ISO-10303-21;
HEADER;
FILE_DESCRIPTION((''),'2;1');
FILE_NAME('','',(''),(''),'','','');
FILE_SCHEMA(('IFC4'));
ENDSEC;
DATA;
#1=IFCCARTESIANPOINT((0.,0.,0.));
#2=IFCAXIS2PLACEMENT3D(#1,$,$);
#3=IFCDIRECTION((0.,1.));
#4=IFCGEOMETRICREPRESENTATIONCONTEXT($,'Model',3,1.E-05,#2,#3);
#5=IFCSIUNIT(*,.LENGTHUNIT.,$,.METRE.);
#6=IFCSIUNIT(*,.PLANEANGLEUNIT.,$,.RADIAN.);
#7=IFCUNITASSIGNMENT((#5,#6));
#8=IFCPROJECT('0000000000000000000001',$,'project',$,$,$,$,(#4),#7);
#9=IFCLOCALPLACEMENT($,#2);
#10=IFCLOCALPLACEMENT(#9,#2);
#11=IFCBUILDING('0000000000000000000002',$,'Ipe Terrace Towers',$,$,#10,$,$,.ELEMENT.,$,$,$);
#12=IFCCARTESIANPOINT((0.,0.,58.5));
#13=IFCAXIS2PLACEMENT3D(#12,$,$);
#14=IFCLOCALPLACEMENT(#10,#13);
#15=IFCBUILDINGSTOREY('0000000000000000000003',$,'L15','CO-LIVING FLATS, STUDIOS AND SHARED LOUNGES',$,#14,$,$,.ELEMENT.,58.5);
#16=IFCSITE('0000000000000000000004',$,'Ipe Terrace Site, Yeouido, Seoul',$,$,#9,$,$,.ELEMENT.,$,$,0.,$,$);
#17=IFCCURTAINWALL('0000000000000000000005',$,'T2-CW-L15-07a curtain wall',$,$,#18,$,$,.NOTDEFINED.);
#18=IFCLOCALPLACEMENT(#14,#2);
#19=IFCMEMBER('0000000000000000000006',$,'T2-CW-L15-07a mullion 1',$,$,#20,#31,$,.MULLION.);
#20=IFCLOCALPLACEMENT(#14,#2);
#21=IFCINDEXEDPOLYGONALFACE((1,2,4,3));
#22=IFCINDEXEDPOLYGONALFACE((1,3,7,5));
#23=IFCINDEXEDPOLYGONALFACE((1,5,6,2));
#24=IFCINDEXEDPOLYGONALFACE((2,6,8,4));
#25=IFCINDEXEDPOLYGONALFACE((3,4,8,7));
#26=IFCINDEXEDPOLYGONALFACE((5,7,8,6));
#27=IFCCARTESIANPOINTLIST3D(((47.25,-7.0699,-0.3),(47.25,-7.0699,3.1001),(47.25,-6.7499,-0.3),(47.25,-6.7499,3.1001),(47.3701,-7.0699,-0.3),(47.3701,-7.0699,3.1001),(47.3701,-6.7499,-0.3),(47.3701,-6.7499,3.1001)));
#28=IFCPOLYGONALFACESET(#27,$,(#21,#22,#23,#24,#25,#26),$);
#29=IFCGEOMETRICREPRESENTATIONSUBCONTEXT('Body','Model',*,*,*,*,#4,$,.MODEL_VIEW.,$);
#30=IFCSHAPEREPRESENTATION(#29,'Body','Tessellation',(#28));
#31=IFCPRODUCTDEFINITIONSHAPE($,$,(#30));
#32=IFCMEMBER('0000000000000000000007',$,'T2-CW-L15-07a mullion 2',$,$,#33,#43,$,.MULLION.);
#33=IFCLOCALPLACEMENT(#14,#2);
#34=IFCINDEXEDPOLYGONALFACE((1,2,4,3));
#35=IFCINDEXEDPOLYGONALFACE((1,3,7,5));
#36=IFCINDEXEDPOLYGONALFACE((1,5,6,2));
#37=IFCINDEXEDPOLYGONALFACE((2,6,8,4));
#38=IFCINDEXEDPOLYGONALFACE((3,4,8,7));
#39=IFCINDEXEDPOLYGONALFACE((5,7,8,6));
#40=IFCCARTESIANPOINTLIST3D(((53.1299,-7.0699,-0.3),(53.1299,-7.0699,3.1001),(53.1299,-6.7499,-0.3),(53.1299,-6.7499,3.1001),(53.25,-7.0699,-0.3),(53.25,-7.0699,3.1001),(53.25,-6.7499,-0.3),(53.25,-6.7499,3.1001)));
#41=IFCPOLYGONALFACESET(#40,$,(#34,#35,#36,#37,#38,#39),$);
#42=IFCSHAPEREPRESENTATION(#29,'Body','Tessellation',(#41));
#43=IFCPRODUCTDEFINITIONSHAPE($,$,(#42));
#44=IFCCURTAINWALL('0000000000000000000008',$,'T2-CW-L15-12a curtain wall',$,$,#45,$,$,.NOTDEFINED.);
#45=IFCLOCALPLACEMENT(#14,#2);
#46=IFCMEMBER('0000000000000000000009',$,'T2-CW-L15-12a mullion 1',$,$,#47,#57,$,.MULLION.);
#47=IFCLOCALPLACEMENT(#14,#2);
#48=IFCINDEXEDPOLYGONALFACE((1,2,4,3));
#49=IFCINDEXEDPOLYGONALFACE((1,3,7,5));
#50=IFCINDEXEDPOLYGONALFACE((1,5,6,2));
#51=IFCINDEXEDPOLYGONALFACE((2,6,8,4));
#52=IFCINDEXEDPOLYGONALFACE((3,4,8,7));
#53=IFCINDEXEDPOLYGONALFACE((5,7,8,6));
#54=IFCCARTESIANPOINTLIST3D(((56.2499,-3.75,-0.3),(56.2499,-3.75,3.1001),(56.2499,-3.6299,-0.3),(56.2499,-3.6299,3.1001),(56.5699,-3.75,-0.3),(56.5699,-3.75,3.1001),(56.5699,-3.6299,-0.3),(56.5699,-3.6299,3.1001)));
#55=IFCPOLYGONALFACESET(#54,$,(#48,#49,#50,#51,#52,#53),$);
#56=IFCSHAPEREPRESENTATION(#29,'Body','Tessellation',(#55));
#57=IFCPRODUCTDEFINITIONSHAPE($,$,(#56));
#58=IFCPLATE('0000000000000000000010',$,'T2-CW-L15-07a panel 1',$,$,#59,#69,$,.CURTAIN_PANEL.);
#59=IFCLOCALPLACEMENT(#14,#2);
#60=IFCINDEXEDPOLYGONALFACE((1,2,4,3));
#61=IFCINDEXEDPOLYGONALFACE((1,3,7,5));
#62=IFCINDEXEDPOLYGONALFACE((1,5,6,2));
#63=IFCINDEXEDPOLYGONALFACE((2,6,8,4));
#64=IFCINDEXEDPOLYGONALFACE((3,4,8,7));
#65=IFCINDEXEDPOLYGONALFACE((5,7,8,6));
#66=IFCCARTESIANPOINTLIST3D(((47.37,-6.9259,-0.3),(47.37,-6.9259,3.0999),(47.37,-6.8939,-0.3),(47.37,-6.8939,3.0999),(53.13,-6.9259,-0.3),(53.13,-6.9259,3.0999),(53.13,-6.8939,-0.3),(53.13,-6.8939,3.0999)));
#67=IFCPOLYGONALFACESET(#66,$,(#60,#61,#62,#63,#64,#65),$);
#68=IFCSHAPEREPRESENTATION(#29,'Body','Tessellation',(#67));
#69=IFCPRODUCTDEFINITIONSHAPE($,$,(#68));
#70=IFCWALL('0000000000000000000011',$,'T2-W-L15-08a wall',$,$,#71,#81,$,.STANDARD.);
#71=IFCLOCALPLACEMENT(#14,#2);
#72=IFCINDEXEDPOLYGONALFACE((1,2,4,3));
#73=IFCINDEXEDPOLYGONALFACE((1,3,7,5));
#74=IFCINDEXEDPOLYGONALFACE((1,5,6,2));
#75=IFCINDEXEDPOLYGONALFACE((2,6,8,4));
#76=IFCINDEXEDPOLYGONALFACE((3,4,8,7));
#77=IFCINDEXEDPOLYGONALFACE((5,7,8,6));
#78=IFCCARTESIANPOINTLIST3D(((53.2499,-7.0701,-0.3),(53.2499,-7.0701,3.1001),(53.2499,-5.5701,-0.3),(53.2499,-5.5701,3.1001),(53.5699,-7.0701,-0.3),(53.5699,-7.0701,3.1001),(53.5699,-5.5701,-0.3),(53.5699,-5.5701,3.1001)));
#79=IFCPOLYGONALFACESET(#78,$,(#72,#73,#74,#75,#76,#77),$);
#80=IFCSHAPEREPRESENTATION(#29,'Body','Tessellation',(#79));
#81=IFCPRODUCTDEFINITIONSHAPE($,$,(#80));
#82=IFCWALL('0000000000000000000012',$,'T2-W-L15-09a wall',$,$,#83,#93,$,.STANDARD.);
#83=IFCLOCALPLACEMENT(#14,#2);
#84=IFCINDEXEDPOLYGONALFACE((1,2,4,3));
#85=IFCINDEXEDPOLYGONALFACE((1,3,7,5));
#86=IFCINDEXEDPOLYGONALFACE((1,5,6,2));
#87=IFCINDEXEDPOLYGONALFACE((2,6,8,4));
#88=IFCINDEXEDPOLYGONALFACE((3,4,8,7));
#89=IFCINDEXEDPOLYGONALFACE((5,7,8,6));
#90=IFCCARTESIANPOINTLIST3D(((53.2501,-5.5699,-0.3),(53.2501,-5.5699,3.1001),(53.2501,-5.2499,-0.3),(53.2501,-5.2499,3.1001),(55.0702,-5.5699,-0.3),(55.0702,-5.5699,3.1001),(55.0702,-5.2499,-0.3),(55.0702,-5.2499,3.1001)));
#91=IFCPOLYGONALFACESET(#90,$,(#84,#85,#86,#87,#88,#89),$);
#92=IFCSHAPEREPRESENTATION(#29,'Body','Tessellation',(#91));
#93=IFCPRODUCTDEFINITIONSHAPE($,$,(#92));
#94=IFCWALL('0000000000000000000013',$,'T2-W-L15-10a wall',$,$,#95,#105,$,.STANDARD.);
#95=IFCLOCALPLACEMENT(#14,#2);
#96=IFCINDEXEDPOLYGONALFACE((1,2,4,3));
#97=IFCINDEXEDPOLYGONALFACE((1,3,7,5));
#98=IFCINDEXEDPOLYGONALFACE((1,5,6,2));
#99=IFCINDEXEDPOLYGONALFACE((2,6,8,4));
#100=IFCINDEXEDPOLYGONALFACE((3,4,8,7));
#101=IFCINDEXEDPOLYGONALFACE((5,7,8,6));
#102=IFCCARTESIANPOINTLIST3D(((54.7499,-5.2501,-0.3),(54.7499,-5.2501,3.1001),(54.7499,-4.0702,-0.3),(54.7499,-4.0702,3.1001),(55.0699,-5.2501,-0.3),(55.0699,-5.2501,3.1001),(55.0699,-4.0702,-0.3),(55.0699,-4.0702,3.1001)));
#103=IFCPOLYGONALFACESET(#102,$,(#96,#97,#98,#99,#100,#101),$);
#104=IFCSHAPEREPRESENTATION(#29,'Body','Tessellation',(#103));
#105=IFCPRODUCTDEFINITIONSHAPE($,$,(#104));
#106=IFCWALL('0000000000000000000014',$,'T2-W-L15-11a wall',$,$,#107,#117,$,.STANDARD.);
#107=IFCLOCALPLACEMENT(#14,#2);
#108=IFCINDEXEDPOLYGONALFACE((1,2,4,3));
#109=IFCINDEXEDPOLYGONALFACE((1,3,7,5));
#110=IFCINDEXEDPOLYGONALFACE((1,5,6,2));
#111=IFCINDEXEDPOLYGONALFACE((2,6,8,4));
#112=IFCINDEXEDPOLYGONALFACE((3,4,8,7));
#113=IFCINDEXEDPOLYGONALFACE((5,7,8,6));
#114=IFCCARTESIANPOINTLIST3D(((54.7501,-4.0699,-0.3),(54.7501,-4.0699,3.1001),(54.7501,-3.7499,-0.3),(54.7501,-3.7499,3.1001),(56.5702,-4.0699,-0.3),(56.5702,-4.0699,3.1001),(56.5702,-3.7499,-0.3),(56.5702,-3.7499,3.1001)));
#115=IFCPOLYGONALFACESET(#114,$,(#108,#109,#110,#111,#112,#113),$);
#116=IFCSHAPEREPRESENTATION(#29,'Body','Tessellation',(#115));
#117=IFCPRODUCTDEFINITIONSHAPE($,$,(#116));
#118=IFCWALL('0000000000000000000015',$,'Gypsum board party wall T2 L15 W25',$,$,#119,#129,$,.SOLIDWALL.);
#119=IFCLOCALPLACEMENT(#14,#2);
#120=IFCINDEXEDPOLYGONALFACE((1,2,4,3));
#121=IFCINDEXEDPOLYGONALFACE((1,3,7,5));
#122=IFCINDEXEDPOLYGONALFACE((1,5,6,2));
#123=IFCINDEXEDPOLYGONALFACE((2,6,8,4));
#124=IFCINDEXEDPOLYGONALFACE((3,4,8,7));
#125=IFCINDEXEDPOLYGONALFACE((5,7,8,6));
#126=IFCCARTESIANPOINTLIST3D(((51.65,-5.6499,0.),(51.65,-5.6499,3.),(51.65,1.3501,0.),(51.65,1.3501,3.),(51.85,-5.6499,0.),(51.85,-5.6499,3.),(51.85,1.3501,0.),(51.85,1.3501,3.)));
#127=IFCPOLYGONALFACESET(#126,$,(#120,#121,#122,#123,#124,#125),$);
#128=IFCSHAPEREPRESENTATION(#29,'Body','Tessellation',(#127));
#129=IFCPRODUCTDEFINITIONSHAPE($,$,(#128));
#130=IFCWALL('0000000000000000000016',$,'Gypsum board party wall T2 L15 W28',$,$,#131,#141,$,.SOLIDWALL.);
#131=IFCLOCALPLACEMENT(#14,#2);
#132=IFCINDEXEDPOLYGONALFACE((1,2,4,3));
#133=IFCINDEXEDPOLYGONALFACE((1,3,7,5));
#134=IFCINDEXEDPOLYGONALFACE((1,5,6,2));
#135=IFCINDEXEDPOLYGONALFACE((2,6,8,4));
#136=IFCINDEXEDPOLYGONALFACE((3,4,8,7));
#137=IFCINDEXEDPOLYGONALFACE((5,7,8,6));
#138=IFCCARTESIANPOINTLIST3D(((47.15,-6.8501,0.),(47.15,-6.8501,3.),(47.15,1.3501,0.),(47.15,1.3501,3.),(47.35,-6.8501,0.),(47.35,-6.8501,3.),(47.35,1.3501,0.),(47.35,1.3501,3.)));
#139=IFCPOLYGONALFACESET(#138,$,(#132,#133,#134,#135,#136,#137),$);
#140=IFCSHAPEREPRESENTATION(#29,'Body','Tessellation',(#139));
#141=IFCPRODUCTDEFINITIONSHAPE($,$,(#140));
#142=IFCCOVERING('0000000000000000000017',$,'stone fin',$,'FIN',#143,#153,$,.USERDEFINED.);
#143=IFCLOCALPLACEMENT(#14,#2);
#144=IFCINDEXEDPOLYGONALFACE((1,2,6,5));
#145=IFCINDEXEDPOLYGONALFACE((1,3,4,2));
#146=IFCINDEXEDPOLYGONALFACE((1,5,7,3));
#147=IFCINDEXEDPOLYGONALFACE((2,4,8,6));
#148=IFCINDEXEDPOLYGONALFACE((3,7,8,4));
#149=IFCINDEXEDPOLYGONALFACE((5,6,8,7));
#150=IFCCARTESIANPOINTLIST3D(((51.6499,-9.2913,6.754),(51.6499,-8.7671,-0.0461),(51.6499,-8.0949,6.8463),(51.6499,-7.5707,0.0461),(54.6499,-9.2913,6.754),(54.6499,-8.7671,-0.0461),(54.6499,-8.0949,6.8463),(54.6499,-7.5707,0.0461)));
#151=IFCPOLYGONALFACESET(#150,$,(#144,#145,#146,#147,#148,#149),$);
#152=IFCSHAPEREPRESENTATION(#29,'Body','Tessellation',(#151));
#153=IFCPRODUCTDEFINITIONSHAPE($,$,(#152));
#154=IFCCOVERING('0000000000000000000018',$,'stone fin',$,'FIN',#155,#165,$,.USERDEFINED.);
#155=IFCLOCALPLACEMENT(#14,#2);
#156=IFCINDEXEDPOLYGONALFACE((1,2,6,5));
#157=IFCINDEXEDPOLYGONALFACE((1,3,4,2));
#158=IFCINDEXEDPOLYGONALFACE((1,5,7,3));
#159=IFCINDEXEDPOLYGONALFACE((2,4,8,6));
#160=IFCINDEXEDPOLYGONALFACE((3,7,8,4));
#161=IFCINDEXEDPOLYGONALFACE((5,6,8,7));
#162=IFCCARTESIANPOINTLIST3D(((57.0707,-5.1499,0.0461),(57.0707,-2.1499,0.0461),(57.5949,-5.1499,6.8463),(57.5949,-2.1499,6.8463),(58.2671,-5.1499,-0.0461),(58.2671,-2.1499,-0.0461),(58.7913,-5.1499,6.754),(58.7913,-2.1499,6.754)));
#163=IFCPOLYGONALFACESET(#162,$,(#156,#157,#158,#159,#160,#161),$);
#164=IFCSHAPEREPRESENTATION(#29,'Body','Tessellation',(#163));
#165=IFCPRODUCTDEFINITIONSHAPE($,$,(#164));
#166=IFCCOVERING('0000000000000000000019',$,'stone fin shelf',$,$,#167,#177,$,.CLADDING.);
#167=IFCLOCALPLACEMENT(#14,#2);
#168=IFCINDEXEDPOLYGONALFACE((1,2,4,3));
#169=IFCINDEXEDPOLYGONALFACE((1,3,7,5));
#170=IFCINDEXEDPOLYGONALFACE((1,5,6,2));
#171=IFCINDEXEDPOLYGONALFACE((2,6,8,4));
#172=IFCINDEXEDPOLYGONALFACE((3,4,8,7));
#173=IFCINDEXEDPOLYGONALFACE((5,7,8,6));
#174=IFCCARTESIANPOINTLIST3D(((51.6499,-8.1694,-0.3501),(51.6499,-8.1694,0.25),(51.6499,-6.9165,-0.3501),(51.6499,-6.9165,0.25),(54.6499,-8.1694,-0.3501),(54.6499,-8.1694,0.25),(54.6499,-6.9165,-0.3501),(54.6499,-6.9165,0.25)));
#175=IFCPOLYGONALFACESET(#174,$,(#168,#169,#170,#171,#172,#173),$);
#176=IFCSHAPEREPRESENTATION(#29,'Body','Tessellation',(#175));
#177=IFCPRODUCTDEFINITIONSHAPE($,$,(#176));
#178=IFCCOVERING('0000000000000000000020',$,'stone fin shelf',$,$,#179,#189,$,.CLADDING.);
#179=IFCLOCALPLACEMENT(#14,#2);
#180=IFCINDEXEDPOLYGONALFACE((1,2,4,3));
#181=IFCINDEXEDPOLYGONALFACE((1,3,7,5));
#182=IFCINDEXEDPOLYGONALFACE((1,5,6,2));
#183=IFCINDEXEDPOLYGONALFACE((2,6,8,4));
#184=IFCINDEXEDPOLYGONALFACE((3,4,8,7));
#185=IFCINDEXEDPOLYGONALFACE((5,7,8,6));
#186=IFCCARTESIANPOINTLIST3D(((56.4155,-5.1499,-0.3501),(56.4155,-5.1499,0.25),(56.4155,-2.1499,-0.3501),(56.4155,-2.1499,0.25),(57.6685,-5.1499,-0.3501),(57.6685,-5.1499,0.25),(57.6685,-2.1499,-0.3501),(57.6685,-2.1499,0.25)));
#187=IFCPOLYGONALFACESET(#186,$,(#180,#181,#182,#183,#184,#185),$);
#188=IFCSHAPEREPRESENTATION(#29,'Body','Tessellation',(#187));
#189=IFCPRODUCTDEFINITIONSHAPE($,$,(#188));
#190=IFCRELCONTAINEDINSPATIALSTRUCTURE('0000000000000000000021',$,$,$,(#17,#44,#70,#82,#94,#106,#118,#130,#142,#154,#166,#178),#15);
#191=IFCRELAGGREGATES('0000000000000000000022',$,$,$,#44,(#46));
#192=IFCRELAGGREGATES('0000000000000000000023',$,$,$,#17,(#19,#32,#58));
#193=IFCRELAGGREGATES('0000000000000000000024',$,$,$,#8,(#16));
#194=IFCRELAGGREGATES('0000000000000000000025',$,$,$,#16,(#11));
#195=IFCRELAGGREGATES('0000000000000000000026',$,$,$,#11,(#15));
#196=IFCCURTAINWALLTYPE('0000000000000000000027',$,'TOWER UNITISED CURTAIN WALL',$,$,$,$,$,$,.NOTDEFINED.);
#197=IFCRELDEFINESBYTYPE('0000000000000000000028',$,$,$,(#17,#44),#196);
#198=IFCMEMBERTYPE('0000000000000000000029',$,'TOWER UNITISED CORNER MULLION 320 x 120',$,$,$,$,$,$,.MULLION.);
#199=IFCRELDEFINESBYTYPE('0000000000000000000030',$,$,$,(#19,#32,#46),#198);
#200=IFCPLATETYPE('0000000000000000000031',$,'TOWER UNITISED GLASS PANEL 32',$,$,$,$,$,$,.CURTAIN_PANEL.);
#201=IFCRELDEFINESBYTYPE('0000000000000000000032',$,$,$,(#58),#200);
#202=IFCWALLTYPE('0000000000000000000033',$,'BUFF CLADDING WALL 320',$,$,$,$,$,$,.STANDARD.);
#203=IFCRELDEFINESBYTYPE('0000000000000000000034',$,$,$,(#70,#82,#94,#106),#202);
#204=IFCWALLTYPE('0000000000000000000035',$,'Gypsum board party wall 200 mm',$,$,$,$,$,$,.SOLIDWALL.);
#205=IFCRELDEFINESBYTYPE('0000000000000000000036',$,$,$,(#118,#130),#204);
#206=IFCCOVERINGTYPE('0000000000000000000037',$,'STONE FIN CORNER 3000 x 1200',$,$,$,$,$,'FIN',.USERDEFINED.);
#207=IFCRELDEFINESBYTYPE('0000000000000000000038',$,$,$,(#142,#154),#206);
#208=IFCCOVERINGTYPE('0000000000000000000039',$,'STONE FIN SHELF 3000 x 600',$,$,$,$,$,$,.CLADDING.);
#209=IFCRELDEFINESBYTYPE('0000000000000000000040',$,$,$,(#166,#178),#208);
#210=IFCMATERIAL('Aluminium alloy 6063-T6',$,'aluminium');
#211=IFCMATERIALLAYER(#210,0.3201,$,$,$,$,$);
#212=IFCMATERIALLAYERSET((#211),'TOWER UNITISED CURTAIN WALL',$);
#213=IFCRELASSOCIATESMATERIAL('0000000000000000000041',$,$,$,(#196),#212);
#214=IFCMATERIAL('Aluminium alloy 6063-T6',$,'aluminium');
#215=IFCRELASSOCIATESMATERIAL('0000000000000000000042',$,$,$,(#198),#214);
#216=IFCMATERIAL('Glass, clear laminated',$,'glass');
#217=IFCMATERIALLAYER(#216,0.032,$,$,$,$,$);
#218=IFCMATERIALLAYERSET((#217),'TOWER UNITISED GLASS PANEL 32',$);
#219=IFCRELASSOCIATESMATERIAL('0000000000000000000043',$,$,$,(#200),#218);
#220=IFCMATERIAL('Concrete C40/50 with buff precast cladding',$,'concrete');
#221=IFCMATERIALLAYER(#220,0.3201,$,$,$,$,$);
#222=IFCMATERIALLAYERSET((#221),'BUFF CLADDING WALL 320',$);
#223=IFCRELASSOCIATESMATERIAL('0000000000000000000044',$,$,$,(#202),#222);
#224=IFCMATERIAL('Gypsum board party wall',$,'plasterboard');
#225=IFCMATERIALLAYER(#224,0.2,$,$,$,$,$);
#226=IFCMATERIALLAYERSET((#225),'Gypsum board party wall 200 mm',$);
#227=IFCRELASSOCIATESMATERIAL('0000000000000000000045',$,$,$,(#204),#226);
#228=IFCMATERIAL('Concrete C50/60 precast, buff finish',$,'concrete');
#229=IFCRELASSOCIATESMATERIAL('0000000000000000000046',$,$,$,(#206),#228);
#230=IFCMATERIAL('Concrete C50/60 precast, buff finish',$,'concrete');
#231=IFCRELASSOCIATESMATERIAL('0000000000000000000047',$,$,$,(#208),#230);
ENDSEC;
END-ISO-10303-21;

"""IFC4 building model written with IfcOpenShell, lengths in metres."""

from ifc_helpers import new_model, si_unit, direction, frame, frame_2d, origin, origin_2d, place, context, subcontext, project, spatial, rectangle, extrude, material, layer, layer_set, material_profile, profile_set, type_object, element, aggregate, save


model = new_model("IFC4")

# Units and contexts
model_context = context("Model", 3, precision=1e-05, world=origin(), true_north=direction((0.0, 1.0)))
body_context = subcontext(model_context, "Body", "Model", "MODEL_VIEW")
ifc_project = project(units=[si_unit("LENGTHUNIT", "METRE"), si_unit("PLANEANGLEUNIT", "RADIAN")], contexts=[model_context])

# Site, building, storey
site_placement = place(None, origin())
site = spatial("IfcSite", under=ifc_project, at=site_placement, Name="Ipe Terrace Site, Yeouido, Seoul", CompositionType="ELEMENT", RefElevation=0.0)
building_placement = place(site_placement, origin())
building = spatial("IfcBuilding", under=site, at=building_placement, Name="Ipe Terrace Towers", CompositionType="ELEMENT")
storey_placement = place(building_placement, frame((0.0, 0.0, 58.5)))
storey = spatial("IfcBuildingStorey", under=building, at=storey_placement, Name="L15", Description="CO-LIVING FLATS, STUDIOS AND SHARED LOUNGES", CompositionType="ELEMENT", Elevation=58.5)

# Curtain wall, members
ifc_material_1 = material(Name="Aluminium alloy 6063-T6", Category="aluminium")
ifc_layer_1 = layer(ifc_material_1, 0.3201)
ifc_layer_set_1 = layer_set([ifc_layer_1], Name="TOWER UNITISED CURTAIN WALL")
curtain_wall_type = type_object("IfcCurtainWallType", Name="TOWER UNITISED CURTAIN WALL", PredefinedType="NOTDEFINED", material=ifc_layer_set_1)
curtain_wall_1_placement = place(storey_placement, origin())
curtain_wall_1 = element("IfcCurtainWall", 1, at=curtain_wall_1_placement, inside=storey, type_object=curtain_wall_type, Name="T2-CW-L15-07a curtain wall", PredefinedType="NOTDEFINED")
ifc_material_2 = material(Name="Aluminium alloy 6063-T6", Category="aluminium")
ifc_material_profile_1 = material_profile(ifc_material_2, rectangle(XDim=0.3201, YDim=0.1201, at=origin_2d()), Name="TOWER UNITISED CORNER MULLION 320 x 120")
ifc_profile_set_1 = profile_set([ifc_material_profile_1], Name="Aluminium alloy 6063-T6")
member_type = type_object("IfcMemberType", Name="TOWER UNITISED CORNER MULLION 320 x 120", PredefinedType="MULLION", material=ifc_profile_set_1)
member_1_placement = place(storey_placement, frame((47.3101, -6.9099, -0.3), z_axis=(0.0, 0.0, 1.0), x_axis=(0.0, -1.0, 0.0)))
member_1 = element("IfcMember", 2, at=member_1_placement, type_object=member_type, Name="T2-CW-L15-07a mullion 1", PredefinedType="MULLION", context=body_context, shape_type="SweptSolid", body=[
    extrude(rectangle(XDim=0.3201, YDim=0.1201, at=origin_2d()), origin(), (0.0, 0.0, 1.0), 3.4001),
])
member_2_placement = place(storey_placement, frame((53.1899, -6.9099, -0.3), z_axis=(0.0, 0.0, 1.0), x_axis=(0.0, -1.0, 0.0)))
member_2 = element("IfcMember", 3, at=member_2_placement, type_object=member_type, Name="T2-CW-L15-07a mullion 2", PredefinedType="MULLION", context=body_context, shape_type="SweptSolid", body=[
    extrude(rectangle(XDim=0.3201, YDim=0.1201, at=origin_2d()), origin(), (0.0, 0.0, 1.0), 3.4001),
])

# Curtain wall, member
curtain_wall_2_placement = place(storey_placement, origin())
curtain_wall_2 = element("IfcCurtainWall", 4, at=curtain_wall_2_placement, inside=storey, type_object=curtain_wall_type, Name="T2-CW-L15-12a curtain wall", PredefinedType="NOTDEFINED")
member_3_placement = place(storey_placement, frame((56.4099, -3.6899, -0.3), z_axis=(0.0, 0.0, 1.0), x_axis=(1.0, 0.0, 0.0)))
member_3 = element("IfcMember", 5, at=member_3_placement, type_object=member_type, Name="T2-CW-L15-12a mullion 1", PredefinedType="MULLION", context=body_context, shape_type="SweptSolid", body=[
    extrude(rectangle(XDim=0.3201, YDim=0.1201, at=origin_2d()), origin(), (0.0, 0.0, 1.0), 3.4001),
])
aggregate(curtain_wall_2, [member_3])

# Plate
ifc_material_3 = material(Name="Glass, clear laminated", Category="glass")
ifc_layer_2 = layer(ifc_material_3, 0.032)
ifc_layer_set_2 = layer_set([ifc_layer_2], Name="TOWER UNITISED GLASS PANEL 32")
plate_type = type_object("IfcPlateType", Name="TOWER UNITISED GLASS PANEL 32", PredefinedType="CURTAIN_PANEL", material=ifc_layer_set_2)
plate_placement = place(storey_placement, frame((50.25, -6.9099, -0.3), z_axis=(0.0, 0.0, 1.0), x_axis=(1.0, 0.0, 0.0)))
plate = element("IfcPlate", 6, at=plate_placement, type_object=plate_type, Name="T2-CW-L15-07a panel 1", PredefinedType="CURTAIN_PANEL", context=body_context, shape_type="SweptSolid", body=[
    extrude(rectangle(XDim=5.76, YDim=0.032, at=origin_2d()), origin(), (0.0, 0.0, 1.0), 3.3999),
])
aggregate(curtain_wall_1, [member_1, member_2, plate])

# Walls
ifc_material_4 = material(Name="Concrete C40/50 with buff precast cladding", Category="concrete")
ifc_layer_3 = layer(ifc_material_4, 0.3201)
ifc_layer_set_3 = layer_set([ifc_layer_3], Name="BUFF CLADDING WALL 320")
wall_type_1 = type_object("IfcWallType", Name="BUFF CLADDING WALL 320", PredefinedType="STANDARD", material=ifc_layer_set_3)
wall_1_placement = place(storey_placement, frame((53.4099, -7.0701, -0.3), z_axis=(0.0, 0.0, 1.0), x_axis=(0.0, 1.0, 0.0)))
element("IfcWall", 7, at=wall_1_placement, inside=storey, type_object=wall_type_1, Name="T2-W-L15-08a wall", PredefinedType="STANDARD", context=body_context, shape_type="SweptSolid", body=[
    extrude(rectangle(XDim=1.5, YDim=0.3201, at=frame_2d((0.75, 0.0))), origin(), (0.0, 0.0, 1.0), 3.4001),
])
wall_2_placement = place(storey_placement, frame((53.25, -5.4099, -0.3), z_axis=(0.0, 0.0, 1.0), x_axis=(1.0, 0.0, 0.0)))
element("IfcWall", 8, at=wall_2_placement, inside=storey, type_object=wall_type_1, Name="T2-W-L15-09a wall", PredefinedType="STANDARD", context=body_context, shape_type="SweptSolid", body=[
    extrude(rectangle(XDim=1.8201, YDim=0.3201, at=frame_2d((0.9102, 0.0))), origin(), (0.0, 0.0, 1.0), 3.4001),
])
wall_3_placement = place(storey_placement, frame((54.9099, -5.25, -0.3), z_axis=(0.0, 0.0, 1.0), x_axis=(0.0, 1.0, 0.0)))
element("IfcWall", 9, at=wall_3_placement, inside=storey, type_object=wall_type_1, Name="T2-W-L15-10a wall", PredefinedType="STANDARD", context=body_context, shape_type="SweptSolid", body=[
    extrude(rectangle(XDim=1.1799, YDim=0.3201, at=frame_2d((0.5898, 0.0))), origin(), (0.0, 0.0, 1.0), 3.4001),
])
wall_4_placement = place(storey_placement, frame((54.75, -3.9099, -0.3), z_axis=(0.0, 0.0, 1.0), x_axis=(1.0, 0.0, 0.0)))
element("IfcWall", 10, at=wall_4_placement, inside=storey, type_object=wall_type_1, Name="T2-W-L15-11a wall", PredefinedType="STANDARD", context=body_context, shape_type="SweptSolid", body=[
    extrude(rectangle(XDim=1.8201, YDim=0.3201, at=frame_2d((0.9102, 0.0))), origin(), (0.0, 0.0, 1.0), 3.4001),
])
ifc_material_5 = material(Name="Gypsum board party wall", Category="plasterboard")
ifc_layer_4 = layer(ifc_material_5, 0.2)
ifc_layer_set_4 = layer_set([ifc_layer_4], Name="Gypsum board party wall 200 mm")
wall_type_2 = type_object("IfcWallType", Name="Gypsum board party wall 200 mm", PredefinedType="SOLIDWALL", material=ifc_layer_set_4)
wall_5_placement = place(storey_placement, frame((51.75, -5.6499, 0.0), z_axis=(0.0, 0.0, 1.0), x_axis=(0.0, 1.0, 0.0)))
element("IfcWall", 11, at=wall_5_placement, inside=storey, type_object=wall_type_2, Name="Gypsum board party wall T2 L15 W25", PredefinedType="SOLIDWALL", context=body_context, shape_type="SweptSolid", body=[
    extrude(rectangle(XDim=7.0, YDim=0.2, at=frame_2d((3.5, 0.0))), origin(), (0.0, 0.0, 1.0), 3.0),
])
wall_6_placement = place(storey_placement, frame((47.25, -6.8501, 0.0), z_axis=(0.0, 0.0, 1.0), x_axis=(0.0, 1.0, 0.0)))
element("IfcWall", 12, at=wall_6_placement, inside=storey, type_object=wall_type_2, Name="Gypsum board party wall T2 L15 W28", PredefinedType="SOLIDWALL", context=body_context, shape_type="SweptSolid", body=[
    extrude(rectangle(XDim=8.2002, YDim=0.2, at=frame_2d((4.1001, 0.0))), origin(), (0.0, 0.0, 1.0), 3.0),
])

# Coverings
ifc_material_6 = material(Name="Concrete C50/60 precast, buff finish", Category="concrete")
ifc_material_profile_2 = material_profile(ifc_material_6, rectangle(XDim=3.0, YDim=1.2, at=origin_2d()), Name="STONE FIN CORNER 3000 x 1200")
ifc_profile_set_2 = profile_set([ifc_material_profile_2], Name="Concrete C50/60 precast, buff finish")
covering_type_1 = type_object("IfcCoveringType", Name="STONE FIN CORNER 3000 x 1200", ElementType="FIN", PredefinedType="USERDEFINED", material=ifc_profile_set_2)
for number, where, z_axis, x_axis, name in (
    (13, (53.1499, -8.1689, 0.0), (0.0, -0.076855, 0.997042), (1.0, 0.0, 0.0), "stone fin"),
    (14, (57.6689, -3.6499, 0.0), (0.076855, 0.0, 0.997042), (0.0, 1.0, 0.0), "stone fin"),
):
    element("IfcCovering", number, at=place(storey_placement, frame(where, z_axis=z_axis, x_axis=x_axis)), inside=storey, type_object=covering_type_1, Name=name, ObjectType="FIN", PredefinedType="USERDEFINED", context=body_context, shape_type="SweptSolid", body=[
        extrude(rectangle(XDim=3.0, YDim=1.2, at=origin_2d()), origin(), (0.0, 0.0, 1.0), 6.8203),
    ])
ifc_material_7 = material(Name="Concrete C50/60 precast, buff finish", Category="concrete")
covering_type_2 = type_object("IfcCoveringType", Name="STONE FIN SHELF 3000 x 600", PredefinedType="CLADDING", material=ifc_material_7)
for number, where, z_axis, x_axis, name in (
    (15, (53.1499, -7.543, -0.3501), (0.0, 0.0, 1.0), (1.0, 0.0, 0.0), "stone fin shelf"),
    (16, (57.042, -3.6499, -0.3501), (0.0, 0.0, 1.0), (0.0, 1.0, 0.0), "stone fin shelf"),
):
    element("IfcCovering", number, at=place(storey_placement, frame(where, z_axis=z_axis, x_axis=x_axis)), inside=storey, type_object=covering_type_2, Name=name, PredefinedType="CLADDING", context=body_context, shape_type="SweptSolid", body=[
        extrude(rectangle(XDim=3.0, YDim=1.2529, at=origin_2d()), origin(), (0.0, 0.0, 1.0), 0.6001),
    ])

save(model, "model.ifc")
